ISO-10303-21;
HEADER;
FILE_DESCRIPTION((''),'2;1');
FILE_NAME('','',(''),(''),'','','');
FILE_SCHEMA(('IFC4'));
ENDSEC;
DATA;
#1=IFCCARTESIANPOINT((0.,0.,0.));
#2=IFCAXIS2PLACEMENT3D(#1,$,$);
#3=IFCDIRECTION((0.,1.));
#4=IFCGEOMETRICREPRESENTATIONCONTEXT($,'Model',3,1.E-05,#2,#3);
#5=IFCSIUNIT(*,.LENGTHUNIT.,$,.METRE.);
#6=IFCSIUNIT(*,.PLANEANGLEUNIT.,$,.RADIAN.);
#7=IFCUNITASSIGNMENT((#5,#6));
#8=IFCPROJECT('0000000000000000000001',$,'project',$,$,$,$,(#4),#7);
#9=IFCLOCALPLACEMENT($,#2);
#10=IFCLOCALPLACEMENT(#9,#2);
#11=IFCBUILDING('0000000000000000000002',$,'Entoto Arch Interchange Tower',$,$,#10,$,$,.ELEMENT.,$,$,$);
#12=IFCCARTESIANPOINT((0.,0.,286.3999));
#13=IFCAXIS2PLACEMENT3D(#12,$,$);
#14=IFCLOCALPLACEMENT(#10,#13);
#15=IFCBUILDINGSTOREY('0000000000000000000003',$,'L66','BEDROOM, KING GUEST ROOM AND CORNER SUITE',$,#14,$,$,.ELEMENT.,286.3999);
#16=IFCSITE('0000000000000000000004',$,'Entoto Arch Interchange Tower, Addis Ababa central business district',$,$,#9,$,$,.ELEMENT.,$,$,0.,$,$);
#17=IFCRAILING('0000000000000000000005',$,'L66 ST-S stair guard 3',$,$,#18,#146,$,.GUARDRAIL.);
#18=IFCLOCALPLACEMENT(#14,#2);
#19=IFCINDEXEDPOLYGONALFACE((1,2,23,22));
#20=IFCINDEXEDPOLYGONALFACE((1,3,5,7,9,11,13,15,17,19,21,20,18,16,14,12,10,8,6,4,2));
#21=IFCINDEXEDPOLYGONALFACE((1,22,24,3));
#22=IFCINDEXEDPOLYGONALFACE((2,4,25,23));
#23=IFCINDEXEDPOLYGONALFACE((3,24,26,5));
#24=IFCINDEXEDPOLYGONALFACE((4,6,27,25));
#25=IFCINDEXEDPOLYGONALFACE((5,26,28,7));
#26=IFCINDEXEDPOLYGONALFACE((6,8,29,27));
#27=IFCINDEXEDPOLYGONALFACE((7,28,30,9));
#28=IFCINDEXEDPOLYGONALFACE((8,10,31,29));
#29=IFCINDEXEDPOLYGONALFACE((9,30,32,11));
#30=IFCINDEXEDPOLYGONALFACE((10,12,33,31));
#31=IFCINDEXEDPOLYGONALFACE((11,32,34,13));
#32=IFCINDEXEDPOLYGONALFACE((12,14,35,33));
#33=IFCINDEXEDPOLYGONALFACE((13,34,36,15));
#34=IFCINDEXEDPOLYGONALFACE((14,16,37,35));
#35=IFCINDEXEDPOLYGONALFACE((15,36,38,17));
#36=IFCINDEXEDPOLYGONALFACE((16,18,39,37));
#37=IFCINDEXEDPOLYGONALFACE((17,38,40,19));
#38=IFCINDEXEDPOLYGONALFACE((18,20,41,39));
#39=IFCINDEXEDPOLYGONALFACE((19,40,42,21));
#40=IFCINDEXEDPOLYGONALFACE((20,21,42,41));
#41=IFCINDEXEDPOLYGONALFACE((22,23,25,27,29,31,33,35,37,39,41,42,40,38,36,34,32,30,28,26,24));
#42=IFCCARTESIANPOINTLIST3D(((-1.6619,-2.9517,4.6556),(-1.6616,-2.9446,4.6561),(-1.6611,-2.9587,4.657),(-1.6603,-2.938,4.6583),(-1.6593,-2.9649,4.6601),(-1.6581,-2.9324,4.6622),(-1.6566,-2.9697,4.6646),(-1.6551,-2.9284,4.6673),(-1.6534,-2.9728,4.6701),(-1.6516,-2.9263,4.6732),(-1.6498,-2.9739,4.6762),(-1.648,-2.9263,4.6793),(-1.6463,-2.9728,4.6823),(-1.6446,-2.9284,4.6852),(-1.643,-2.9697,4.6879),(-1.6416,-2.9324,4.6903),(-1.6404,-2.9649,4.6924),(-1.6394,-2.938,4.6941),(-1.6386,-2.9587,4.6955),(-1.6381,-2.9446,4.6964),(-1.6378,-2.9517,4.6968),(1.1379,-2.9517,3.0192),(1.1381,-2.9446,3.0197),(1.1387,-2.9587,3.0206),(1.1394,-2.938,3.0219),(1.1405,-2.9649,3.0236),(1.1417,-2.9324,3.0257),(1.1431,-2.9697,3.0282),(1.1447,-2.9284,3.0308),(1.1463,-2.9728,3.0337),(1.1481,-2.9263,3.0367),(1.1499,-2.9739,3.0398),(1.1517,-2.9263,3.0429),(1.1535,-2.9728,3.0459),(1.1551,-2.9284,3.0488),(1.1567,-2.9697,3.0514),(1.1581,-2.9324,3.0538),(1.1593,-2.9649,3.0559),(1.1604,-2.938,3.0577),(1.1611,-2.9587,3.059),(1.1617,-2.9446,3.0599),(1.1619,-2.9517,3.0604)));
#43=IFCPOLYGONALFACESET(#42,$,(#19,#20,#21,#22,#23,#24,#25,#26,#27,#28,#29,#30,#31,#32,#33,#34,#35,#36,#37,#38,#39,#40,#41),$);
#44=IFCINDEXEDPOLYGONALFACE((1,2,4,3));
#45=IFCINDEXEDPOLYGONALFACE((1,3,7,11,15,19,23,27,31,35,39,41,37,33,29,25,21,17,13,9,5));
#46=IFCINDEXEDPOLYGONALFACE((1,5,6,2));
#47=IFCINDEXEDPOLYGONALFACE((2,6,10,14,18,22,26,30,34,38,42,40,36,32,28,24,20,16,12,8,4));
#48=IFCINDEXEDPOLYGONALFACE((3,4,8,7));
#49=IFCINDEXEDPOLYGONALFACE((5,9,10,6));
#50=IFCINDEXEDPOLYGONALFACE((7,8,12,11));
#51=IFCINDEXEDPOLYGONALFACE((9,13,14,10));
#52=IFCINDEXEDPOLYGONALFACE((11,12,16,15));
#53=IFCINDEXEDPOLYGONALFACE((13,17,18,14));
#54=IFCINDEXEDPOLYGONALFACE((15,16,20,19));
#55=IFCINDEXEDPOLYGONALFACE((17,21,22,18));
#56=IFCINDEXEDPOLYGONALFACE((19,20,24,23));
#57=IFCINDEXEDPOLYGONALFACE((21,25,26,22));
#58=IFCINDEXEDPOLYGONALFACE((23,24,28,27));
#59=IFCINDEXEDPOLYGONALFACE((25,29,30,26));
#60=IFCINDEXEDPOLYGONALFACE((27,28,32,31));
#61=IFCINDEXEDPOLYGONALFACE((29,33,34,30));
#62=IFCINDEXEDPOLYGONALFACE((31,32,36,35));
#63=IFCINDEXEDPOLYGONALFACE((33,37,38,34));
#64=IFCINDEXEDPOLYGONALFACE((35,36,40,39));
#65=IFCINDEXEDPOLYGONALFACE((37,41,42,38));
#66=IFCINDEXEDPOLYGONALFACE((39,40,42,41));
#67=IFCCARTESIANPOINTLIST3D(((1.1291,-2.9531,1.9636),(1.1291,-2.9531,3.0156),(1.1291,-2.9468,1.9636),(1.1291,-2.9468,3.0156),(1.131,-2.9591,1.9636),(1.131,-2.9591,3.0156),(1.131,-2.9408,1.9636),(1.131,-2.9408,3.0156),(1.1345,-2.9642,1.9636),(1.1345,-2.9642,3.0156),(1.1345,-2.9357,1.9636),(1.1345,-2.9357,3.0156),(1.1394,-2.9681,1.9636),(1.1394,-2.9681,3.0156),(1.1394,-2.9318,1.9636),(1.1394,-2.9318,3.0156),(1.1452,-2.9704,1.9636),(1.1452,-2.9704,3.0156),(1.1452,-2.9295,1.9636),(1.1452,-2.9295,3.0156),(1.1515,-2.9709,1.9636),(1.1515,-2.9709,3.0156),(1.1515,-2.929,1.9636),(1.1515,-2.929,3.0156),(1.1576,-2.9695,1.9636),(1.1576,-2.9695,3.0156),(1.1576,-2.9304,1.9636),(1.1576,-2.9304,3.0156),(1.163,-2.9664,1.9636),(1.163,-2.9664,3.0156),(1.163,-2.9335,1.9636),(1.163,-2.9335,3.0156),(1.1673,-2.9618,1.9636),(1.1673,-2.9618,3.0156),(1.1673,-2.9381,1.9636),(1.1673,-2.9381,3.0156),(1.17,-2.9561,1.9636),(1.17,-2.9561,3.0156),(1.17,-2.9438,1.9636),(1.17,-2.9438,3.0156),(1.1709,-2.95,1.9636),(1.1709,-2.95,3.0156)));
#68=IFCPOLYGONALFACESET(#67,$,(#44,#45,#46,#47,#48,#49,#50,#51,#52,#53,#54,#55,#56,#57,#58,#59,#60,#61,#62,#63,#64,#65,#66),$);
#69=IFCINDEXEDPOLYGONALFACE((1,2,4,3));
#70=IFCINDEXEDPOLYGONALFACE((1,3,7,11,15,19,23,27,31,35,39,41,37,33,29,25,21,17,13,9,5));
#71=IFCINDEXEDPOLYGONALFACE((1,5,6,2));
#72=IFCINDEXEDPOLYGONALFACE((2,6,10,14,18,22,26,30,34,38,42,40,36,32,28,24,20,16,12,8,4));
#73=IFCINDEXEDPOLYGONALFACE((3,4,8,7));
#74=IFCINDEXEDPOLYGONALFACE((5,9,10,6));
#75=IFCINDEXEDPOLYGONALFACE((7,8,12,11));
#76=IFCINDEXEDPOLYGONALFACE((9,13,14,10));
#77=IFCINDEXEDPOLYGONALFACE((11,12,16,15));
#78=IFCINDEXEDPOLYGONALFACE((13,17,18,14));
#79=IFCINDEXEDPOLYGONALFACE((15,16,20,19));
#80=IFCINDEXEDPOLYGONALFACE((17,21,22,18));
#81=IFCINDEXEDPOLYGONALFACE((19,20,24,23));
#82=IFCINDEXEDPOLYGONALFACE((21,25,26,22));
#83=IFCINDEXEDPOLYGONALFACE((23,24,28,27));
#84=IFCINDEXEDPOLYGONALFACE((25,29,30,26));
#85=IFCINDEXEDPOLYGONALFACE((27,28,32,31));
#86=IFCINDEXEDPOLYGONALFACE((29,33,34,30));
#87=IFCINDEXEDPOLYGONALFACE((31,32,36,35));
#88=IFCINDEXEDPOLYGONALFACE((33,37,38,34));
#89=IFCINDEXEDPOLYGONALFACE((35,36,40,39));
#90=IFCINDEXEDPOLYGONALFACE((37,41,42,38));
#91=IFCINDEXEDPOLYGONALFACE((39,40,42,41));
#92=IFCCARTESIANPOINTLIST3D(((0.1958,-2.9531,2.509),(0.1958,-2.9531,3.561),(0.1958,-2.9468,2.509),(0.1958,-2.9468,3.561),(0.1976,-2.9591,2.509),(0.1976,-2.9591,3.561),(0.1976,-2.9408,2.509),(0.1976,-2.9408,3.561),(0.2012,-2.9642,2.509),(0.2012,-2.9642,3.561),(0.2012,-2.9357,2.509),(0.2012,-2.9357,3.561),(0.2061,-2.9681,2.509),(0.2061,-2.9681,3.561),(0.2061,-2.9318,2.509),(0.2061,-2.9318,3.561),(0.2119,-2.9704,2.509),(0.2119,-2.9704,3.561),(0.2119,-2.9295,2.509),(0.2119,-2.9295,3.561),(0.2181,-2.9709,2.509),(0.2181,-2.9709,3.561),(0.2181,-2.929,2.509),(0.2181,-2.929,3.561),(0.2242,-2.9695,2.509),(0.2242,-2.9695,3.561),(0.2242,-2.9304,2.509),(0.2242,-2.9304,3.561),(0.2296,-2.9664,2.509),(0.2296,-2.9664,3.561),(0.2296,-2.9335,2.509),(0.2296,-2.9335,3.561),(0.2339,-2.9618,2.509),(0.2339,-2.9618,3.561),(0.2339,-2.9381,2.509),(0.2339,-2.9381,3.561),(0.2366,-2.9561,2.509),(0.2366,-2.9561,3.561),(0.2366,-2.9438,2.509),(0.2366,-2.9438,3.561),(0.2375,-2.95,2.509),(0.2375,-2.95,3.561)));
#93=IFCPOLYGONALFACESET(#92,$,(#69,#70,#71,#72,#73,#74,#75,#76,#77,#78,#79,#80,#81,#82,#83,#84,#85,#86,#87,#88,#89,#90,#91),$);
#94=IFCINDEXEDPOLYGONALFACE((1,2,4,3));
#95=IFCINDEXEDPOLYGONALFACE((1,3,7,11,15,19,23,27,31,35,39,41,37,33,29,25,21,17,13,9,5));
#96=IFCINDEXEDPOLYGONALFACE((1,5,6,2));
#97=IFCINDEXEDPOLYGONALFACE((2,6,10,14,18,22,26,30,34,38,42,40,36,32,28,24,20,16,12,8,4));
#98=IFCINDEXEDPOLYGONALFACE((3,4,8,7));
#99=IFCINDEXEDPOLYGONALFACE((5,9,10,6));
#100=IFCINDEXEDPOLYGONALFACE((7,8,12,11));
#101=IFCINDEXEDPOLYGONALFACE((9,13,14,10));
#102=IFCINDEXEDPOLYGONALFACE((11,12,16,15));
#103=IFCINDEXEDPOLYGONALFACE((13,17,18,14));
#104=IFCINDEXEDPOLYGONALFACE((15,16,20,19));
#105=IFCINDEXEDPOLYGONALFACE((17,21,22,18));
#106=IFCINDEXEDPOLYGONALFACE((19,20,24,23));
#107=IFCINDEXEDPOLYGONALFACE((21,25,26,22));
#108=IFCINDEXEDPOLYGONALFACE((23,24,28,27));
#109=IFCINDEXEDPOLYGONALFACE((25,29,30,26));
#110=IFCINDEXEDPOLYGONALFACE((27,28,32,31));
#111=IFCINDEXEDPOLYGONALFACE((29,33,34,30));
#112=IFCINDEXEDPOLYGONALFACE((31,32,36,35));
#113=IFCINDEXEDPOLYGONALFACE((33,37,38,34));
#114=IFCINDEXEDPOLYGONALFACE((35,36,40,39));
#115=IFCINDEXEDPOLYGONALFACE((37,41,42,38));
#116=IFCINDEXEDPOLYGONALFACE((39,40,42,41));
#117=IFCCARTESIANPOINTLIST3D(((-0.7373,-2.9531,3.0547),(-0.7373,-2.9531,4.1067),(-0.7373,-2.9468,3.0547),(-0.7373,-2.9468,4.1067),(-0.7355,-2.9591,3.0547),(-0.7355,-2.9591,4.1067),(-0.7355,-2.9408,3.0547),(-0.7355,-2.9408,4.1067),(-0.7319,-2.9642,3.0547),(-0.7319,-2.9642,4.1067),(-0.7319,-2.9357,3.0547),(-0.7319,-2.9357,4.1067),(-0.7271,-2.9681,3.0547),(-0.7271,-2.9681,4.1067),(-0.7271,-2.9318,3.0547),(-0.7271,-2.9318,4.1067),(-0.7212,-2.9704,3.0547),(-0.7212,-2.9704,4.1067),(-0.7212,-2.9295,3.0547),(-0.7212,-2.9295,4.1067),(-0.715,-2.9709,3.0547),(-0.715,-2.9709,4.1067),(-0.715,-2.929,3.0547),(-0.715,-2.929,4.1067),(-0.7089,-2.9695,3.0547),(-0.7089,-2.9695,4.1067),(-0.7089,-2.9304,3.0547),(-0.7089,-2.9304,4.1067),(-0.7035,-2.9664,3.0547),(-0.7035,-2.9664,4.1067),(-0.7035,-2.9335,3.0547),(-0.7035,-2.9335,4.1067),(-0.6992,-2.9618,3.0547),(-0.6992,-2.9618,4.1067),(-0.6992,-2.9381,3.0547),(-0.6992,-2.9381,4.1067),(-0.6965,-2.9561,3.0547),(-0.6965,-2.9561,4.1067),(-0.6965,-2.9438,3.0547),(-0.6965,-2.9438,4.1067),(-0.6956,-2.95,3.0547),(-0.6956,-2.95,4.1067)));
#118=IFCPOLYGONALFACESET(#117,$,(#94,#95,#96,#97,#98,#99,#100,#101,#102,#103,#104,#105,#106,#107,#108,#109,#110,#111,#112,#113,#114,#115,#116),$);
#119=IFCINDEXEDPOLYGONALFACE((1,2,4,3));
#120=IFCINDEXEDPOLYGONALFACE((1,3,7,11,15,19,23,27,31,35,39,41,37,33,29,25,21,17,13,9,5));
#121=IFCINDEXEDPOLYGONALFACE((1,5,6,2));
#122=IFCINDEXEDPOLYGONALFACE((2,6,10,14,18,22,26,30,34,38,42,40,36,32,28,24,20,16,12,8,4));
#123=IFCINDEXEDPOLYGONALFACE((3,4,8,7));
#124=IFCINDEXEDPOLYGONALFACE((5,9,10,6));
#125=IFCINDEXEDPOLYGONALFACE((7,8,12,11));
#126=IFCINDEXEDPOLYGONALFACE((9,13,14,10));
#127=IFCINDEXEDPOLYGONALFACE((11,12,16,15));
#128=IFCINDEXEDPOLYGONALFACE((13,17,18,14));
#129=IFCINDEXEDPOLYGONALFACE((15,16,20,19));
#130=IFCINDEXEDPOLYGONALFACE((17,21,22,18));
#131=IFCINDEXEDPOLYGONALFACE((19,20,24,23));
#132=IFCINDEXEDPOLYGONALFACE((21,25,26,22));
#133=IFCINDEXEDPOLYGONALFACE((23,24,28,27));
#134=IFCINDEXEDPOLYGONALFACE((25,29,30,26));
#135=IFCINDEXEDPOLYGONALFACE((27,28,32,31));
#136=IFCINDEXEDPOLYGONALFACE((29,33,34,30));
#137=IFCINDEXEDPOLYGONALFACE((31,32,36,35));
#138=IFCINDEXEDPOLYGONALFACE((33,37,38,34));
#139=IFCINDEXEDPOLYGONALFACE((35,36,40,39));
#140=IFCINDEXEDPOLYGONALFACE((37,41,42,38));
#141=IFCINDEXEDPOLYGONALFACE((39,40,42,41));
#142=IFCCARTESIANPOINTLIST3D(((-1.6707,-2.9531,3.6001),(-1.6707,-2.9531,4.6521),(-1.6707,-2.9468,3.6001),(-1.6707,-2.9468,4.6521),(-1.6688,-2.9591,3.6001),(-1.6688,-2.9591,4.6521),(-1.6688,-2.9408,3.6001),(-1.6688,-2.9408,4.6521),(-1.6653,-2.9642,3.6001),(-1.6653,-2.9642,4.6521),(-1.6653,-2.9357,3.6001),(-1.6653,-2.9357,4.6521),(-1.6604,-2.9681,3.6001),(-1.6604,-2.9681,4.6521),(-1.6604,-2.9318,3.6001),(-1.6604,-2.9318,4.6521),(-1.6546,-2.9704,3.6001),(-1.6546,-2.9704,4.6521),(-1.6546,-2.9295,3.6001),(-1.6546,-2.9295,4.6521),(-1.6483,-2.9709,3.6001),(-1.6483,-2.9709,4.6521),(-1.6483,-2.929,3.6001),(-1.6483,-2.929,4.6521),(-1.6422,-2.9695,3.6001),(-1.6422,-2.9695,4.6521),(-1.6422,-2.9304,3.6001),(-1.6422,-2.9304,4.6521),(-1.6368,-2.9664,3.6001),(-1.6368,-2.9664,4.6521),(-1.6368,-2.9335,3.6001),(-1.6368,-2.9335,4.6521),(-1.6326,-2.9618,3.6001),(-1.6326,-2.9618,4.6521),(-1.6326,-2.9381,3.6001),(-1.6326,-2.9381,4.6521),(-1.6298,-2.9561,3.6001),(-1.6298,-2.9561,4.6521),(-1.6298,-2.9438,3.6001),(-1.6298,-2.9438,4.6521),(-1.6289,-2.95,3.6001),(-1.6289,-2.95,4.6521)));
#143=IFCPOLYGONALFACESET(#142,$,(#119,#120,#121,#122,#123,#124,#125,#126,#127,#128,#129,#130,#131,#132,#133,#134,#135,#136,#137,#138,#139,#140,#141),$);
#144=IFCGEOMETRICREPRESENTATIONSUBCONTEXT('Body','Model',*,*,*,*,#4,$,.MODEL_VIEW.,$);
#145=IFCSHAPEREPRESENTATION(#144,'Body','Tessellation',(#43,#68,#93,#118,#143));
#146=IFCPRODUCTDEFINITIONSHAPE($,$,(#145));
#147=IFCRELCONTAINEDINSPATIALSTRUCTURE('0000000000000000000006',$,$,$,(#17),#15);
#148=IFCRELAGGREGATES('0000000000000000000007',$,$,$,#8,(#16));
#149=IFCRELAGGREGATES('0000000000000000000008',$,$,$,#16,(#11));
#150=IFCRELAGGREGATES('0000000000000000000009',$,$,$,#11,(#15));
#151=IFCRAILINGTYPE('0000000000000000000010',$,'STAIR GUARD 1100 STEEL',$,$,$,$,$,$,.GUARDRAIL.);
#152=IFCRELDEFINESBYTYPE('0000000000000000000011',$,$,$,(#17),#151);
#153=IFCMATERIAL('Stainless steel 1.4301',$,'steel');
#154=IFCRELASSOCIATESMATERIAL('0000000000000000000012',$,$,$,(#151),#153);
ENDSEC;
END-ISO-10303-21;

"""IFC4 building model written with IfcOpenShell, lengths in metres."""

from ifc_helpers import new_model, si_unit, direction, frame, origin, origin_2d, place, context, subcontext, project, spatial, circle, extrude, material, type_object, element, save


model = new_model("IFC4")

# Units and contexts
model_context = context("Model", 3, precision=1e-05, world=origin(), true_north=direction((0.0, 1.0)))
body_context = subcontext(model_context, "Body", "Model", "MODEL_VIEW")
ifc_project = project(units=[si_unit("LENGTHUNIT", "METRE"), si_unit("PLANEANGLEUNIT", "RADIAN")], contexts=[model_context])

# Site, building, storey
site_placement = place(None, origin())
site = spatial("IfcSite", under=ifc_project, at=site_placement, Name="Entoto Arch Interchange Tower, Addis Ababa central business district", CompositionType="ELEMENT", RefElevation=0.0)
building_placement = place(site_placement, origin())
building = spatial("IfcBuilding", under=site, at=building_placement, Name="Entoto Arch Interchange Tower", CompositionType="ELEMENT")
storey_placement = place(building_placement, frame((0.0, 0.0, 286.3999)))
storey = spatial("IfcBuildingStorey", under=building, at=storey_placement, Name="L66", Description="BEDROOM, KING GUEST ROOM AND CORNER SUITE", CompositionType="ELEMENT", Elevation=286.3999)

# Railing
ifc_material_1 = material(Name="Stainless steel 1.4301", Category="steel")
railing_type_1 = type_object("IfcRailingType", Name="STAIR GUARD 1100 STEEL", PredefinedType="GUARDRAIL", material=ifc_material_1)
railing_1_placement = place(storey_placement, frame((1.1499, -2.95, 1.9636)))
element("IfcRailing", 1, at=railing_1_placement, inside=storey, type_object=railing_type_1, Name="L66 ST-S stair guard 3", PredefinedType="GUARDRAIL", context=body_context, shape_type="SweptSolid", body=[
    extrude(circle(Radius=0.0239, at=origin_2d()), frame((0.0, 0.0, 1.0762), z_axis=(-0.863342, 0.0, 0.50462), x_axis=(0.0, -1.0, 0.0)), (0.0, 0.0, 1.0), 3.2429),
    extrude(circle(Radius=0.021, at=origin_2d()), origin(), (0.0, 0.0, 1.0), 1.052),
    extrude(circle(Radius=0.021, at=origin_2d()), frame((-0.9333, 0.0, 0.5454)), (0.0, 0.0, 1.0), 1.052),
    extrude(circle(Radius=0.021, at=origin_2d()), frame((-1.8665, 0.0, 1.0911)), (0.0, 0.0, 1.0), 1.052),
    extrude(circle(Radius=0.021, at=origin_2d()), frame((-2.7998, 0.0, 1.6365)), (0.0, 0.0, 1.0), 1.052),
])

save(model, "model.ifc")
